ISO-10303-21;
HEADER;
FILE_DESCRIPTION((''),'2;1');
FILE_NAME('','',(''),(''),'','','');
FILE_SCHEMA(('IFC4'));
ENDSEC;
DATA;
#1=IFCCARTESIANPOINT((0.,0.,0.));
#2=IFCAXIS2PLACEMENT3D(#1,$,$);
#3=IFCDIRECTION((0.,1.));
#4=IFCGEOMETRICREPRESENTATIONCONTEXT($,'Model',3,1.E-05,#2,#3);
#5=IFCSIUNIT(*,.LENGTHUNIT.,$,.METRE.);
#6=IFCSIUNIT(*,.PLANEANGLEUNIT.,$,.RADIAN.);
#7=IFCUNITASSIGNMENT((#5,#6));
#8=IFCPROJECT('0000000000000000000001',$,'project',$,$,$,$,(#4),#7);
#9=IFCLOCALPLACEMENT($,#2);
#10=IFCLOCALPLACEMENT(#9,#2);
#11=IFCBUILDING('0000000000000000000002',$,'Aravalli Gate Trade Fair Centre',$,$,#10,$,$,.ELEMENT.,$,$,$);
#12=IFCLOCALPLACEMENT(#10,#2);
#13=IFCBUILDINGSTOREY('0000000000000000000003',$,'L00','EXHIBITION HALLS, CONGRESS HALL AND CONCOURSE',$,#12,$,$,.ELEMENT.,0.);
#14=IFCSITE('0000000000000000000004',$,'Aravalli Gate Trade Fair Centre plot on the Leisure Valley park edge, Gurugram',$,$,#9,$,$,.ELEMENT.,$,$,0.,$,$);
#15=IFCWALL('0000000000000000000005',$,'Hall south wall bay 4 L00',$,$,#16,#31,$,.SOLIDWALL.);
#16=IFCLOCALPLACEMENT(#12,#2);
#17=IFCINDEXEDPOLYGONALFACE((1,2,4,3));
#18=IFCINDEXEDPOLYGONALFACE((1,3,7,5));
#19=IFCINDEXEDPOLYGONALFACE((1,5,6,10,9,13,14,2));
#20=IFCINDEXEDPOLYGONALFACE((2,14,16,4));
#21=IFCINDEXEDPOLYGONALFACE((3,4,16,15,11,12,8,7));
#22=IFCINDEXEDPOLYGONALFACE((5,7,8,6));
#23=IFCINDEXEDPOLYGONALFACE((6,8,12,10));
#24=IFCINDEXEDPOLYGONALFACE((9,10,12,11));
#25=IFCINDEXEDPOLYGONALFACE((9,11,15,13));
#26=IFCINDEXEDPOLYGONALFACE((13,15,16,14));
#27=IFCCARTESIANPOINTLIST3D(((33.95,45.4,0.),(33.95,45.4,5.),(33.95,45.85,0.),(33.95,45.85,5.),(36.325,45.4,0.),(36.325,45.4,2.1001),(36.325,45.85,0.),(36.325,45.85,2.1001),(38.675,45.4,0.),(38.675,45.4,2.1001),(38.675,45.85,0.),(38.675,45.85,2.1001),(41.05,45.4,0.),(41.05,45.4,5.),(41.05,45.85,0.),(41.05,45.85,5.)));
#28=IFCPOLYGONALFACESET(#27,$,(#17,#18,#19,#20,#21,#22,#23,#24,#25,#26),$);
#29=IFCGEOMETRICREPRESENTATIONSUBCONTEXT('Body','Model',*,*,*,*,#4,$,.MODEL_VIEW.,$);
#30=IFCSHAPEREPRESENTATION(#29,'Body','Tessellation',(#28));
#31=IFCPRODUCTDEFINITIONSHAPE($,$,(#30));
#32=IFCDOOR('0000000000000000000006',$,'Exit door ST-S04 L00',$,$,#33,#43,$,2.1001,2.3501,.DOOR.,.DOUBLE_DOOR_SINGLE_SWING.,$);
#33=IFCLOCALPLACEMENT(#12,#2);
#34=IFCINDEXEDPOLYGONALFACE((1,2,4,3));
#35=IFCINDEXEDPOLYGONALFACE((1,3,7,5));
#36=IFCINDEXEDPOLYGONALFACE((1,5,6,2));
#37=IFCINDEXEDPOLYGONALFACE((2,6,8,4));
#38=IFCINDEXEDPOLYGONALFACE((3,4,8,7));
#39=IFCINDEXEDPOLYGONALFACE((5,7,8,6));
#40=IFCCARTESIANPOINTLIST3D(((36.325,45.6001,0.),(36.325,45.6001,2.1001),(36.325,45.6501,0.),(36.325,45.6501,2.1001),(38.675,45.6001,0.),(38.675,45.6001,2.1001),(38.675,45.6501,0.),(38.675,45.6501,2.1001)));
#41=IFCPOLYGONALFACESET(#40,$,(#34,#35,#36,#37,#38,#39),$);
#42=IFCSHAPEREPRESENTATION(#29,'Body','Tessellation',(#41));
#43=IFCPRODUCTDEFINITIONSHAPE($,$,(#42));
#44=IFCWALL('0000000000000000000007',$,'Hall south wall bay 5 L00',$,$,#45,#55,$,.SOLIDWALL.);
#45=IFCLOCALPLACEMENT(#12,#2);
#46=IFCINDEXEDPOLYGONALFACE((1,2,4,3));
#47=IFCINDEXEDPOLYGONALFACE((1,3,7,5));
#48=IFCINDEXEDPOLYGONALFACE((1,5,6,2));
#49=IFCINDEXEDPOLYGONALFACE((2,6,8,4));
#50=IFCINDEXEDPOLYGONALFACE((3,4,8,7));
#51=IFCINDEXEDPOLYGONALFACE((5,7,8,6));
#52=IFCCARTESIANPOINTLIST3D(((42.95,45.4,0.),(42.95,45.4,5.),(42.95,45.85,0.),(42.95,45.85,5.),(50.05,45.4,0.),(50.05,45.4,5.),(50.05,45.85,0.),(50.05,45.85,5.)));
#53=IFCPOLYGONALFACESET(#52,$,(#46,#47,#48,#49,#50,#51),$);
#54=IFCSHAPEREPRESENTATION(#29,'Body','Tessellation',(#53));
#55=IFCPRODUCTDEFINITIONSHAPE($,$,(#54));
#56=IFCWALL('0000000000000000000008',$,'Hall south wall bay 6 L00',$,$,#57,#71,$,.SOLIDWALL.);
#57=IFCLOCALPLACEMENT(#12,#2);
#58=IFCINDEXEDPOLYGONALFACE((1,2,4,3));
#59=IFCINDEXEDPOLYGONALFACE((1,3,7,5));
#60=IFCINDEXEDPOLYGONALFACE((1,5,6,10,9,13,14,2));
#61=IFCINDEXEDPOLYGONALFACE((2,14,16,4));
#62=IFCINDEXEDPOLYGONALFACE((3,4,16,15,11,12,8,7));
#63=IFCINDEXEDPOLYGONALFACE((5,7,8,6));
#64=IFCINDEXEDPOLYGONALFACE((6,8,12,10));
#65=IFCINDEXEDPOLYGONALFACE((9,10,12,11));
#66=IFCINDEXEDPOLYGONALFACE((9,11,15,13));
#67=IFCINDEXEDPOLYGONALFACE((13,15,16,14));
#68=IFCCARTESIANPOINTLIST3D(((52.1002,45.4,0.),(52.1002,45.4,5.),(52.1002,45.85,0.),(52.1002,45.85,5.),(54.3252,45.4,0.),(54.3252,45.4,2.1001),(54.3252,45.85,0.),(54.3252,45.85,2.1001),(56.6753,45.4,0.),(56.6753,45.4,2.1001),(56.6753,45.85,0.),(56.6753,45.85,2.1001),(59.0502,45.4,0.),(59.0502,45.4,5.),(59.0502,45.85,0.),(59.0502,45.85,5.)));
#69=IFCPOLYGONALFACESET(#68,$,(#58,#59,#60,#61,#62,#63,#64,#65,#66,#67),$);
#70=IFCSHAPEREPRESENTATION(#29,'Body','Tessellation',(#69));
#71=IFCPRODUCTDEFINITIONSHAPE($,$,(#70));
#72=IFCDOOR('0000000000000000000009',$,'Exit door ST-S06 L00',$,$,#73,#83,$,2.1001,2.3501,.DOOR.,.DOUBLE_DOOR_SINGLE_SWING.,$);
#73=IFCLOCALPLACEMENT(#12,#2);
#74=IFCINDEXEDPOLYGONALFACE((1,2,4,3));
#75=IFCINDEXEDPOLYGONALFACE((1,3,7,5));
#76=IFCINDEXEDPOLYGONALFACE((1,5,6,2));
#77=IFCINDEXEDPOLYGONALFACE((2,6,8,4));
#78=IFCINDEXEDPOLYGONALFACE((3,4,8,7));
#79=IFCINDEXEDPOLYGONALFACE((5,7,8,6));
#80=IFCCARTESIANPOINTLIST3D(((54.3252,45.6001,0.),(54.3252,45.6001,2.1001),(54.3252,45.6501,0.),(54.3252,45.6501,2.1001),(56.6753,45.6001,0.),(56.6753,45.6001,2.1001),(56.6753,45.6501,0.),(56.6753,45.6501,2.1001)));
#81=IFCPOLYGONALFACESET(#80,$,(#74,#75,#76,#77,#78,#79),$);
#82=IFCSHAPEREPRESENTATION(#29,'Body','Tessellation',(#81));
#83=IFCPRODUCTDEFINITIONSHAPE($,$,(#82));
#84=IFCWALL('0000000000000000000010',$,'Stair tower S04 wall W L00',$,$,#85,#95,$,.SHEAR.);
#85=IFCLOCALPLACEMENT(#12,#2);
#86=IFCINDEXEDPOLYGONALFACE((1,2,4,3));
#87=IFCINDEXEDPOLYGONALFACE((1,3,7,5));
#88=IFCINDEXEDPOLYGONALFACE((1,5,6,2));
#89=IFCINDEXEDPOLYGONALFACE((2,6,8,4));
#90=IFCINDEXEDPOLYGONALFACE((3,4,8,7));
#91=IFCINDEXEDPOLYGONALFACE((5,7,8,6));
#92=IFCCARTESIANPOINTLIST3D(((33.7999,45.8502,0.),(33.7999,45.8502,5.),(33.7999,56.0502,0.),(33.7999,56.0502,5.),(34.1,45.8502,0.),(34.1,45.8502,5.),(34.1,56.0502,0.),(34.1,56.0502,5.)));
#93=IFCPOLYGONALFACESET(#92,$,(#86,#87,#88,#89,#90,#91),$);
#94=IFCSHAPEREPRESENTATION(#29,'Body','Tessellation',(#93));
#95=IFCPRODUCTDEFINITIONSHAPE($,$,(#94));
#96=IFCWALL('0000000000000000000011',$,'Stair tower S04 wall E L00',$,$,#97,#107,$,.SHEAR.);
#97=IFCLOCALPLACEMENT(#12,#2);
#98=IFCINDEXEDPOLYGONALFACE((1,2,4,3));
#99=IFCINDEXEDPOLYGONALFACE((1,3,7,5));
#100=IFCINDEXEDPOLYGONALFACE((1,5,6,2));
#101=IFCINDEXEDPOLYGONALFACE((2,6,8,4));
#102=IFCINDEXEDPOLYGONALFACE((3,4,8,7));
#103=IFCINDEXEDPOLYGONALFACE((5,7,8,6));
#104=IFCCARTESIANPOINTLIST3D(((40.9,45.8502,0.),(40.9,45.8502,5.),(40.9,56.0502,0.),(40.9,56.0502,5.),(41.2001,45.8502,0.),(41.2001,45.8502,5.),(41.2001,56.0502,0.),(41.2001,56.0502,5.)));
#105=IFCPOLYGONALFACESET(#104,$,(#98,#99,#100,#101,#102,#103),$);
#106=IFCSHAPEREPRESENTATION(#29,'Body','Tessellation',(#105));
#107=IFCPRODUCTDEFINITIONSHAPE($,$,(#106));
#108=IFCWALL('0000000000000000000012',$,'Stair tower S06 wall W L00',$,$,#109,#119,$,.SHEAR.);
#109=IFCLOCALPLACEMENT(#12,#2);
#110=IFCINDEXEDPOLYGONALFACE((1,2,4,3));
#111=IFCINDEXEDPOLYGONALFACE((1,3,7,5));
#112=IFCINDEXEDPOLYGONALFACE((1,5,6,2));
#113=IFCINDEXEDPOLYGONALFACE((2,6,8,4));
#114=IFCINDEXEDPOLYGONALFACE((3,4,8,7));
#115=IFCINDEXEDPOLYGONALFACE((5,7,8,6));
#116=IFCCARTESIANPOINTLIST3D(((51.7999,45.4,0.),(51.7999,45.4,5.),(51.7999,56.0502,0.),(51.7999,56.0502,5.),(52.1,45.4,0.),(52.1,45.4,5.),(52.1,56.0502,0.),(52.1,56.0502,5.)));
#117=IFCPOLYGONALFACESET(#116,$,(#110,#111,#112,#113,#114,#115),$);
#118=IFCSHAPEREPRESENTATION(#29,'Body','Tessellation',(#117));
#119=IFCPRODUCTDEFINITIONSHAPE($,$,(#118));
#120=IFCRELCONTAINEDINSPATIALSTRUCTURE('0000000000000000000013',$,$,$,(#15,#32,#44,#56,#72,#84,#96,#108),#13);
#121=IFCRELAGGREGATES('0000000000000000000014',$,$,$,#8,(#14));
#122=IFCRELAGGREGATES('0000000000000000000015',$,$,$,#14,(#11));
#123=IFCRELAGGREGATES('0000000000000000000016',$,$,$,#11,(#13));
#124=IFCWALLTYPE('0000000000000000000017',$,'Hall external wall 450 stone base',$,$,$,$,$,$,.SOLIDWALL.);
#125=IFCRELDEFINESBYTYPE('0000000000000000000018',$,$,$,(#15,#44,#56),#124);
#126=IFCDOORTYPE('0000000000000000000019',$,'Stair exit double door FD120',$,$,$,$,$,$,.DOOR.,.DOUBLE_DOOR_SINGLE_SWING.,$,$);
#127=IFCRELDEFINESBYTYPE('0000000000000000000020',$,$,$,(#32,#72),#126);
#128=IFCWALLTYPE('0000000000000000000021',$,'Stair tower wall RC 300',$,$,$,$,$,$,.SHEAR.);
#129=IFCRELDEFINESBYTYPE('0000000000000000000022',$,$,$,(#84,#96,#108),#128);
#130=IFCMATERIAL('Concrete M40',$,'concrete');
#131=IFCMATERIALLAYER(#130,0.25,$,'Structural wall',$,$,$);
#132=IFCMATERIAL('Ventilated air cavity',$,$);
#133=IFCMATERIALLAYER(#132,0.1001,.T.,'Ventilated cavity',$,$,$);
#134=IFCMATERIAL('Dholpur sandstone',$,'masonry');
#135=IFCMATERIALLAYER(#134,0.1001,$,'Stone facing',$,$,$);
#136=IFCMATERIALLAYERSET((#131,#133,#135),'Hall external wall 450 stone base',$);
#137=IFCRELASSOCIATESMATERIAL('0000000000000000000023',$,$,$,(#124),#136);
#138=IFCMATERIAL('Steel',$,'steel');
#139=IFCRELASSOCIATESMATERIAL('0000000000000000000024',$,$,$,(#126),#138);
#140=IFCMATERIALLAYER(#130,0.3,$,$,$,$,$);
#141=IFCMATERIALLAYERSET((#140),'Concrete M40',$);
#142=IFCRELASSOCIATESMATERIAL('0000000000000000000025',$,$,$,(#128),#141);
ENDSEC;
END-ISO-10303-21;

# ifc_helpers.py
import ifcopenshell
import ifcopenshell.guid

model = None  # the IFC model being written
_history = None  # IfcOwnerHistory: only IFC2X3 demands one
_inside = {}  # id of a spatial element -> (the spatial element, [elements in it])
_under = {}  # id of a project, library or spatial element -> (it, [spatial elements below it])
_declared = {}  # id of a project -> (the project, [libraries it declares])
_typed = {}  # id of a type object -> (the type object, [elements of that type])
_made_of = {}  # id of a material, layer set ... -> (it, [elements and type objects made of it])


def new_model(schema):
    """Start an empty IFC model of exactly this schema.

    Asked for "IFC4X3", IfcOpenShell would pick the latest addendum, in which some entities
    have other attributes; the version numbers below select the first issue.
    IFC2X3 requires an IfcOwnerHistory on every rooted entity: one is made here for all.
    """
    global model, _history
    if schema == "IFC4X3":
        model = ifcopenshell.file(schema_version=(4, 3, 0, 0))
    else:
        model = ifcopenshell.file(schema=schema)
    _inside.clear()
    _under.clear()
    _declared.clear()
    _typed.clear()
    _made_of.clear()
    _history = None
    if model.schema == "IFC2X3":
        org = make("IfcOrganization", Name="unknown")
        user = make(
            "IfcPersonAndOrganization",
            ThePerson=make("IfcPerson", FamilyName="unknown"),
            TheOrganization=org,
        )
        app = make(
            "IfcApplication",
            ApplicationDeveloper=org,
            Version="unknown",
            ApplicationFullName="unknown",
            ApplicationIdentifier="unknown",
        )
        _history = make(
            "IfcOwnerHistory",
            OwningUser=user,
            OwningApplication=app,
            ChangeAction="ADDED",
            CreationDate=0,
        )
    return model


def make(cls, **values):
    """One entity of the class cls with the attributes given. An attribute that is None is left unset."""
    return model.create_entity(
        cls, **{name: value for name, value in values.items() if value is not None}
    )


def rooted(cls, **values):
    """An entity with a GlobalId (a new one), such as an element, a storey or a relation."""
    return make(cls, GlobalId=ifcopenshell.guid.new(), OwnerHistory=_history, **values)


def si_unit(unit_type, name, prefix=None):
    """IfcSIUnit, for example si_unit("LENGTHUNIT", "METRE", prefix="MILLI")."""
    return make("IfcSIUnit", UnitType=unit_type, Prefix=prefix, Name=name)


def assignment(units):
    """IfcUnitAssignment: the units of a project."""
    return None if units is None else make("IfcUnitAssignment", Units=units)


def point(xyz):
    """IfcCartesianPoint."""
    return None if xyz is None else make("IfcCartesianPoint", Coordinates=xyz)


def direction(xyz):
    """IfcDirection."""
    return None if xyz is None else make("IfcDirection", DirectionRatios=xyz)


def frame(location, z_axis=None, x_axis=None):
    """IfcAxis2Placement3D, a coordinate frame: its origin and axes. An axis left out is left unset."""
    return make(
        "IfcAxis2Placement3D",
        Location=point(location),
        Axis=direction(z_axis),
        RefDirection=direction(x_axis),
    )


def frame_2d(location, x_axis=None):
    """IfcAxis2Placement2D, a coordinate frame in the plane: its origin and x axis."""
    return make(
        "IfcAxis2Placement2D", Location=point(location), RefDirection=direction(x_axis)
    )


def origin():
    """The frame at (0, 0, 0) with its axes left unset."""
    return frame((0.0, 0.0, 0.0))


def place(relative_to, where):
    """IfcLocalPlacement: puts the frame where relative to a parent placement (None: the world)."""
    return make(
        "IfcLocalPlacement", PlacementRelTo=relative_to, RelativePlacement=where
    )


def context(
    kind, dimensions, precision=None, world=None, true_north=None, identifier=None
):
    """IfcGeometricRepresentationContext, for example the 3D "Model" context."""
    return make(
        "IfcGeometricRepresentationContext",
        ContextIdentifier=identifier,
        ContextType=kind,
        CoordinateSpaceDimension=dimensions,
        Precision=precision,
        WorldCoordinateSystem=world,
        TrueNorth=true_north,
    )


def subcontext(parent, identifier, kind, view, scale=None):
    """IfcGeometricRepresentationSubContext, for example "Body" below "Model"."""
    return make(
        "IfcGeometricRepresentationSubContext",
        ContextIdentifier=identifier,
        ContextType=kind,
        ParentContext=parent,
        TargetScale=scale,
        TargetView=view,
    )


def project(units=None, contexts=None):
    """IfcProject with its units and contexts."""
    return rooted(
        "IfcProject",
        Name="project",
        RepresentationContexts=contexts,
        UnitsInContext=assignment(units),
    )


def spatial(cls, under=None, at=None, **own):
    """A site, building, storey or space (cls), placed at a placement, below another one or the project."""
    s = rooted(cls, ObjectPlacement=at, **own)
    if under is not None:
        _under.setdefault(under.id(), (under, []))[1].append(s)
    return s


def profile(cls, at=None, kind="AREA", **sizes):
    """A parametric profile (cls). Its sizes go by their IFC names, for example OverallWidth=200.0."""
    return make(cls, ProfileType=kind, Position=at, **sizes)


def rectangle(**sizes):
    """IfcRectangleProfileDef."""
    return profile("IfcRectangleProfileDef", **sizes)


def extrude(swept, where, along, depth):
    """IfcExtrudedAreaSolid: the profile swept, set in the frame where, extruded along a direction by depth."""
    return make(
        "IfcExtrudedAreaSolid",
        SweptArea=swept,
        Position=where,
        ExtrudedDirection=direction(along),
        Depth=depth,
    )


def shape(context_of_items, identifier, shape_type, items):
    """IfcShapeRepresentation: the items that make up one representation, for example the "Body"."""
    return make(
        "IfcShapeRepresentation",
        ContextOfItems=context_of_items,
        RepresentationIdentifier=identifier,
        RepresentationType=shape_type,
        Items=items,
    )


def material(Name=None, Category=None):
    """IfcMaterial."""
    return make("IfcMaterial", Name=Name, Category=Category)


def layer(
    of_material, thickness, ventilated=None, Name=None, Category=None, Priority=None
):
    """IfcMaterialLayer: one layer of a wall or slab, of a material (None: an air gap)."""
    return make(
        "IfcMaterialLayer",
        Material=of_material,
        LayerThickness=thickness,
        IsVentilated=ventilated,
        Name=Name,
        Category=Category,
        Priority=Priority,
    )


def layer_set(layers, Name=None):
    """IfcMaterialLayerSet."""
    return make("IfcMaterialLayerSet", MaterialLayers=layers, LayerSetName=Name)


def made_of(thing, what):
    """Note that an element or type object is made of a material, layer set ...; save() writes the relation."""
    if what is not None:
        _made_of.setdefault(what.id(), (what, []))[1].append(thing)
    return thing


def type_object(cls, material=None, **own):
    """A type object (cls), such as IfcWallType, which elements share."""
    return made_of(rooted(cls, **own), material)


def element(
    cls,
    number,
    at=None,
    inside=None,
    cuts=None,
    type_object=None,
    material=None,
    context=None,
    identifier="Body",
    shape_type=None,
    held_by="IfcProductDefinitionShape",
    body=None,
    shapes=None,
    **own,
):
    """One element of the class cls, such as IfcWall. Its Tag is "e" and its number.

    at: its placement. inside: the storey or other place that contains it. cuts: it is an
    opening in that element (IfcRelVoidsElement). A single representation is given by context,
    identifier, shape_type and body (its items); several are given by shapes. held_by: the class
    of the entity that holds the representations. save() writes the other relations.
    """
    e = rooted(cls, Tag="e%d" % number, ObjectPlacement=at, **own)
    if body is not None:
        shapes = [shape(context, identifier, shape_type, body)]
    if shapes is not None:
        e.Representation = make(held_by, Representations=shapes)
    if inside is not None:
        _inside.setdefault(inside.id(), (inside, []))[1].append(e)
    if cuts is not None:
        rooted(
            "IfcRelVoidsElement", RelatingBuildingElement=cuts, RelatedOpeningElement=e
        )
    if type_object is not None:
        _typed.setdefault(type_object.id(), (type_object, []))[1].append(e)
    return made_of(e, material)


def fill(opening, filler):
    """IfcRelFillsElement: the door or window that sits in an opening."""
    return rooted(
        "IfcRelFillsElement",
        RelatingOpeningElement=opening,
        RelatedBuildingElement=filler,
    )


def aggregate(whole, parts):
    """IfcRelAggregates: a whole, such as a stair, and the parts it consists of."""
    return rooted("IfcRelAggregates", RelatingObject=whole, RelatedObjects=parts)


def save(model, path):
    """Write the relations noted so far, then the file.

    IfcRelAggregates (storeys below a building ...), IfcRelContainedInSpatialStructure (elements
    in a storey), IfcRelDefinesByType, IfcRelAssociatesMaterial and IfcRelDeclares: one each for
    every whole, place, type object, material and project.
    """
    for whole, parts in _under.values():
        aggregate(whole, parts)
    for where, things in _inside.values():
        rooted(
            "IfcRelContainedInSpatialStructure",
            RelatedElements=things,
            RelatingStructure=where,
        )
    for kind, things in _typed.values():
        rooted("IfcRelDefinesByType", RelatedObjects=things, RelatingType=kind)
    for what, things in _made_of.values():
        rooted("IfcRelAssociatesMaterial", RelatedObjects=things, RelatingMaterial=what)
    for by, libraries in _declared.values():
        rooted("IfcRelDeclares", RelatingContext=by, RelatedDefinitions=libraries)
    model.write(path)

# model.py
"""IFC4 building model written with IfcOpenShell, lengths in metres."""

from ifc_helpers import new_model, si_unit, direction, frame, frame_2d, origin, place, context, subcontext, project, spatial, rectangle, extrude, material, layer, layer_set, type_object, element, fill, save


model = new_model("IFC4")

# Units and contexts
model_context = context("Model", 3, precision=1e-05, world=origin(), true_north=direction((0.0, 1.0)))
body_context = subcontext(model_context, "Body", "Model", "MODEL_VIEW")
ifc_project = project(units=[si_unit("LENGTHUNIT", "METRE"), si_unit("PLANEANGLEUNIT", "RADIAN")], contexts=[model_context])

# Site, building, storey
site_placement = place(None, origin())
site = spatial("IfcSite", under=ifc_project, at=site_placement, Name="Aravalli Gate Trade Fair Centre plot on the Leisure Valley park edge, Gurugram", CompositionType="ELEMENT", RefElevation=0.0)
building_placement = place(site_placement, origin())
building = spatial("IfcBuilding", under=site, at=building_placement, Name="Aravalli Gate Trade Fair Centre", CompositionType="ELEMENT")
storey_placement = place(building_placement, origin())
storey = spatial("IfcBuildingStorey", under=building, at=storey_placement, Name="L00", Description="EXHIBITION HALLS, CONGRESS HALL AND CONCOURSE", CompositionType="ELEMENT", Elevation=0.0)

# Shared definitions
ifc_material_1 = material(Name="Steel", Category="steel")

# Wall, opening, door
ifc_material_2 = material(Name="Concrete M40", Category="concrete")
ifc_layer_1 = layer(ifc_material_2, 0.25, Name="Structural wall")
ifc_material_3 = material(Name="Ventilated air cavity")
ifc_layer_2 = layer(ifc_material_3, 0.1001, ventilated=True, Name="Ventilated cavity")
ifc_material_4 = material(Name="Dholpur sandstone", Category="masonry")
ifc_layer_3 = layer(ifc_material_4, 0.1001, Name="Stone facing")
ifc_layer_set_1 = layer_set([ifc_layer_1, ifc_layer_2, ifc_layer_3], Name="Hall external wall 450 stone base")
wall_type_1 = type_object("IfcWallType", Name="Hall external wall 450 stone base", PredefinedType="SOLIDWALL", material=ifc_layer_set_1)
wall_1_placement = place(storey_placement, frame((33.95, 45.625, 0.0), z_axis=(0.0, 0.0, 1.0), x_axis=(1.0, 0.0, 0.0)))
wall_1 = element("IfcWall", 1, at=wall_1_placement, inside=storey, type_object=wall_type_1, Name="Hall south wall bay 4 L00", PredefinedType="SOLIDWALL", context=body_context, shape_type="SweptSolid", body=[
    extrude(rectangle(XDim=7.1001, YDim=0.45, at=frame_2d((3.55, 0.0))), origin(), (0.0, 0.0, 1.0), 5.0),
])
opening_1_placement = place(wall_1_placement, frame((2.375, 0.0, 0.0)))
opening_1 = element("IfcOpeningElement", 2, at=opening_1_placement, cuts=wall_1, PredefinedType="OPENING", context=body_context, shape_type="SweptSolid", body=[
    extrude(rectangle(XDim=2.3501, YDim=2.1001, at=frame_2d((1.175, 1.05))), frame((0.0, 0.2349, 0.0), z_axis=(0.0, -1.0, 0.0), x_axis=(1.0, 0.0, 0.0)), (0.0, 0.0, 1.0), 0.47),
])
door_type_1 = type_object("IfcDoorType", Name="Stair exit double door FD120", OperationType="DOUBLE_DOOR_SINGLE_SWING", PredefinedType="DOOR", material=ifc_material_1)
door_1_placement = place(opening_1_placement, frame((2.3501, 0.0, 0.0), z_axis=(0.0, 0.0, 1.0), x_axis=(-1.0, 0.0, 0.0)))
door_1 = element("IfcDoor", 3, at=door_1_placement, inside=storey, type_object=door_type_1, Name="Exit door ST-S04 L00", OperationType="DOUBLE_DOOR_SINGLE_SWING", OverallHeight=2.1001, OverallWidth=2.3501, PredefinedType="DOOR", context=body_context, shape_type="SweptSolid", body=[
    extrude(rectangle(XDim=2.3501, YDim=2.1001, at=frame_2d((1.175, 1.05))), frame((0.0, 0.0249, 0.0), z_axis=(0.0, -1.0, 0.0), x_axis=(1.0, 0.0, 0.0)), (0.0, 0.0, 1.0), 0.05),
])
fill(opening_1, door_1)

# Wall
wall_2_placement = place(storey_placement, frame((42.95, 45.625, 0.0), z_axis=(0.0, 0.0, 1.0), x_axis=(1.0, 0.0, 0.0)))
element("IfcWall", 4, at=wall_2_placement, inside=storey, type_object=wall_type_1, Name="Hall south wall bay 5 L00", PredefinedType="SOLIDWALL", context=body_context, shape_type="SweptSolid", body=[
    extrude(rectangle(XDim=7.1001, YDim=0.45, at=frame_2d((3.55, 0.0))), origin(), (0.0, 0.0, 1.0), 5.0),
])

# Wall, opening, door
wall_3_placement = place(storey_placement, frame((52.1001, 45.625, 0.0), z_axis=(0.0, 0.0, 1.0), x_axis=(1.0, 0.0, 0.0)))
wall_3 = element("IfcWall", 5, at=wall_3_placement, inside=storey, type_object=wall_type_1, Name="Hall south wall bay 6 L00", PredefinedType="SOLIDWALL", context=body_context, shape_type="SweptSolid", body=[
    extrude(rectangle(XDim=6.95, YDim=0.45, at=frame_2d((3.4751, 0.0))), origin(), (0.0, 0.0, 1.0), 5.0),
])
opening_2_placement = place(wall_3_placement, frame((2.2251, 0.0, 0.0)))
opening_2 = element("IfcOpeningElement", 6, at=opening_2_placement, cuts=wall_3, PredefinedType="OPENING", context=body_context, shape_type="SweptSolid", body=[
    extrude(rectangle(XDim=2.3501, YDim=2.1001, at=frame_2d((1.175, 1.05))), frame((0.0, 0.2349, 0.0), z_axis=(0.0, -1.0, 0.0), x_axis=(1.0, 0.0, 0.0)), (0.0, 0.0, 1.0), 0.47),
])
door_2_placement = place(opening_2_placement, frame((2.3501, 0.0, 0.0), z_axis=(0.0, 0.0, 1.0), x_axis=(-1.0, 0.0, 0.0)))
door_2 = element("IfcDoor", 7, at=door_2_placement, inside=storey, type_object=door_type_1, Name="Exit door ST-S06 L00", OperationType="DOUBLE_DOOR_SINGLE_SWING", OverallHeight=2.1001, OverallWidth=2.3501, PredefinedType="DOOR", context=body_context, shape_type="SweptSolid", body=[
    extrude(rectangle(XDim=2.3501, YDim=2.1001, at=frame_2d((1.175, 1.05))), frame((0.0, 0.0249, 0.0), z_axis=(0.0, -1.0, 0.0), x_axis=(1.0, 0.0, 0.0)), (0.0, 0.0, 1.0), 0.05),
])
fill(opening_2, door_2)

# Walls
ifc_layer_4 = layer(ifc_material_2, 0.3)
ifc_layer_set_2 = layer_set([ifc_layer_4], Name="Concrete M40")
wall_type_2 = type_object("IfcWallType", Name="Stair tower wall RC 300", PredefinedType="SHEAR", material=ifc_layer_set_2)
for number, where, z_axis, x_axis, name in (
    (8, (33.95, 45.8501, 0.0), (0.0, 0.0, 1.0), (0.0, 1.0, 0.0), "Stair tower S04 wall W L00"),
    (9, (41.05, 45.8501, 0.0), (0.0, 0.0, 1.0), (0.0, 1.0, 0.0), "Stair tower S04 wall E L00"),
):
    element("IfcWall", number, at=place(storey_placement, frame(where, z_axis=z_axis, x_axis=x_axis)), inside=storey, type_object=wall_type_2, Name=name, PredefinedType="SHEAR", context=body_context, shape_type="SweptSolid", body=[
        extrude(rectangle(XDim=10.2, YDim=0.3, at=frame_2d((5.1001, 0.0))), origin(), (0.0, 0.0, 1.0), 5.0),
    ])
wall_4_placement = place(storey_placement, frame((51.95, 45.3999, 0.0), z_axis=(0.0, 0.0, 1.0), x_axis=(0.0, 1.0, 0.0)))
element("IfcWall", 10, at=wall_4_placement, inside=storey, type_object=wall_type_2, Name="Stair tower S06 wall W L00", PredefinedType="SHEAR", context=body_context, shape_type="SweptSolid", body=[
    extrude(rectangle(XDim=10.6501, YDim=0.3, at=frame_2d((5.3252, 0.0))), origin(), (0.0, 0.0, 1.0), 5.0),
])

save(model, "model.ifc")
